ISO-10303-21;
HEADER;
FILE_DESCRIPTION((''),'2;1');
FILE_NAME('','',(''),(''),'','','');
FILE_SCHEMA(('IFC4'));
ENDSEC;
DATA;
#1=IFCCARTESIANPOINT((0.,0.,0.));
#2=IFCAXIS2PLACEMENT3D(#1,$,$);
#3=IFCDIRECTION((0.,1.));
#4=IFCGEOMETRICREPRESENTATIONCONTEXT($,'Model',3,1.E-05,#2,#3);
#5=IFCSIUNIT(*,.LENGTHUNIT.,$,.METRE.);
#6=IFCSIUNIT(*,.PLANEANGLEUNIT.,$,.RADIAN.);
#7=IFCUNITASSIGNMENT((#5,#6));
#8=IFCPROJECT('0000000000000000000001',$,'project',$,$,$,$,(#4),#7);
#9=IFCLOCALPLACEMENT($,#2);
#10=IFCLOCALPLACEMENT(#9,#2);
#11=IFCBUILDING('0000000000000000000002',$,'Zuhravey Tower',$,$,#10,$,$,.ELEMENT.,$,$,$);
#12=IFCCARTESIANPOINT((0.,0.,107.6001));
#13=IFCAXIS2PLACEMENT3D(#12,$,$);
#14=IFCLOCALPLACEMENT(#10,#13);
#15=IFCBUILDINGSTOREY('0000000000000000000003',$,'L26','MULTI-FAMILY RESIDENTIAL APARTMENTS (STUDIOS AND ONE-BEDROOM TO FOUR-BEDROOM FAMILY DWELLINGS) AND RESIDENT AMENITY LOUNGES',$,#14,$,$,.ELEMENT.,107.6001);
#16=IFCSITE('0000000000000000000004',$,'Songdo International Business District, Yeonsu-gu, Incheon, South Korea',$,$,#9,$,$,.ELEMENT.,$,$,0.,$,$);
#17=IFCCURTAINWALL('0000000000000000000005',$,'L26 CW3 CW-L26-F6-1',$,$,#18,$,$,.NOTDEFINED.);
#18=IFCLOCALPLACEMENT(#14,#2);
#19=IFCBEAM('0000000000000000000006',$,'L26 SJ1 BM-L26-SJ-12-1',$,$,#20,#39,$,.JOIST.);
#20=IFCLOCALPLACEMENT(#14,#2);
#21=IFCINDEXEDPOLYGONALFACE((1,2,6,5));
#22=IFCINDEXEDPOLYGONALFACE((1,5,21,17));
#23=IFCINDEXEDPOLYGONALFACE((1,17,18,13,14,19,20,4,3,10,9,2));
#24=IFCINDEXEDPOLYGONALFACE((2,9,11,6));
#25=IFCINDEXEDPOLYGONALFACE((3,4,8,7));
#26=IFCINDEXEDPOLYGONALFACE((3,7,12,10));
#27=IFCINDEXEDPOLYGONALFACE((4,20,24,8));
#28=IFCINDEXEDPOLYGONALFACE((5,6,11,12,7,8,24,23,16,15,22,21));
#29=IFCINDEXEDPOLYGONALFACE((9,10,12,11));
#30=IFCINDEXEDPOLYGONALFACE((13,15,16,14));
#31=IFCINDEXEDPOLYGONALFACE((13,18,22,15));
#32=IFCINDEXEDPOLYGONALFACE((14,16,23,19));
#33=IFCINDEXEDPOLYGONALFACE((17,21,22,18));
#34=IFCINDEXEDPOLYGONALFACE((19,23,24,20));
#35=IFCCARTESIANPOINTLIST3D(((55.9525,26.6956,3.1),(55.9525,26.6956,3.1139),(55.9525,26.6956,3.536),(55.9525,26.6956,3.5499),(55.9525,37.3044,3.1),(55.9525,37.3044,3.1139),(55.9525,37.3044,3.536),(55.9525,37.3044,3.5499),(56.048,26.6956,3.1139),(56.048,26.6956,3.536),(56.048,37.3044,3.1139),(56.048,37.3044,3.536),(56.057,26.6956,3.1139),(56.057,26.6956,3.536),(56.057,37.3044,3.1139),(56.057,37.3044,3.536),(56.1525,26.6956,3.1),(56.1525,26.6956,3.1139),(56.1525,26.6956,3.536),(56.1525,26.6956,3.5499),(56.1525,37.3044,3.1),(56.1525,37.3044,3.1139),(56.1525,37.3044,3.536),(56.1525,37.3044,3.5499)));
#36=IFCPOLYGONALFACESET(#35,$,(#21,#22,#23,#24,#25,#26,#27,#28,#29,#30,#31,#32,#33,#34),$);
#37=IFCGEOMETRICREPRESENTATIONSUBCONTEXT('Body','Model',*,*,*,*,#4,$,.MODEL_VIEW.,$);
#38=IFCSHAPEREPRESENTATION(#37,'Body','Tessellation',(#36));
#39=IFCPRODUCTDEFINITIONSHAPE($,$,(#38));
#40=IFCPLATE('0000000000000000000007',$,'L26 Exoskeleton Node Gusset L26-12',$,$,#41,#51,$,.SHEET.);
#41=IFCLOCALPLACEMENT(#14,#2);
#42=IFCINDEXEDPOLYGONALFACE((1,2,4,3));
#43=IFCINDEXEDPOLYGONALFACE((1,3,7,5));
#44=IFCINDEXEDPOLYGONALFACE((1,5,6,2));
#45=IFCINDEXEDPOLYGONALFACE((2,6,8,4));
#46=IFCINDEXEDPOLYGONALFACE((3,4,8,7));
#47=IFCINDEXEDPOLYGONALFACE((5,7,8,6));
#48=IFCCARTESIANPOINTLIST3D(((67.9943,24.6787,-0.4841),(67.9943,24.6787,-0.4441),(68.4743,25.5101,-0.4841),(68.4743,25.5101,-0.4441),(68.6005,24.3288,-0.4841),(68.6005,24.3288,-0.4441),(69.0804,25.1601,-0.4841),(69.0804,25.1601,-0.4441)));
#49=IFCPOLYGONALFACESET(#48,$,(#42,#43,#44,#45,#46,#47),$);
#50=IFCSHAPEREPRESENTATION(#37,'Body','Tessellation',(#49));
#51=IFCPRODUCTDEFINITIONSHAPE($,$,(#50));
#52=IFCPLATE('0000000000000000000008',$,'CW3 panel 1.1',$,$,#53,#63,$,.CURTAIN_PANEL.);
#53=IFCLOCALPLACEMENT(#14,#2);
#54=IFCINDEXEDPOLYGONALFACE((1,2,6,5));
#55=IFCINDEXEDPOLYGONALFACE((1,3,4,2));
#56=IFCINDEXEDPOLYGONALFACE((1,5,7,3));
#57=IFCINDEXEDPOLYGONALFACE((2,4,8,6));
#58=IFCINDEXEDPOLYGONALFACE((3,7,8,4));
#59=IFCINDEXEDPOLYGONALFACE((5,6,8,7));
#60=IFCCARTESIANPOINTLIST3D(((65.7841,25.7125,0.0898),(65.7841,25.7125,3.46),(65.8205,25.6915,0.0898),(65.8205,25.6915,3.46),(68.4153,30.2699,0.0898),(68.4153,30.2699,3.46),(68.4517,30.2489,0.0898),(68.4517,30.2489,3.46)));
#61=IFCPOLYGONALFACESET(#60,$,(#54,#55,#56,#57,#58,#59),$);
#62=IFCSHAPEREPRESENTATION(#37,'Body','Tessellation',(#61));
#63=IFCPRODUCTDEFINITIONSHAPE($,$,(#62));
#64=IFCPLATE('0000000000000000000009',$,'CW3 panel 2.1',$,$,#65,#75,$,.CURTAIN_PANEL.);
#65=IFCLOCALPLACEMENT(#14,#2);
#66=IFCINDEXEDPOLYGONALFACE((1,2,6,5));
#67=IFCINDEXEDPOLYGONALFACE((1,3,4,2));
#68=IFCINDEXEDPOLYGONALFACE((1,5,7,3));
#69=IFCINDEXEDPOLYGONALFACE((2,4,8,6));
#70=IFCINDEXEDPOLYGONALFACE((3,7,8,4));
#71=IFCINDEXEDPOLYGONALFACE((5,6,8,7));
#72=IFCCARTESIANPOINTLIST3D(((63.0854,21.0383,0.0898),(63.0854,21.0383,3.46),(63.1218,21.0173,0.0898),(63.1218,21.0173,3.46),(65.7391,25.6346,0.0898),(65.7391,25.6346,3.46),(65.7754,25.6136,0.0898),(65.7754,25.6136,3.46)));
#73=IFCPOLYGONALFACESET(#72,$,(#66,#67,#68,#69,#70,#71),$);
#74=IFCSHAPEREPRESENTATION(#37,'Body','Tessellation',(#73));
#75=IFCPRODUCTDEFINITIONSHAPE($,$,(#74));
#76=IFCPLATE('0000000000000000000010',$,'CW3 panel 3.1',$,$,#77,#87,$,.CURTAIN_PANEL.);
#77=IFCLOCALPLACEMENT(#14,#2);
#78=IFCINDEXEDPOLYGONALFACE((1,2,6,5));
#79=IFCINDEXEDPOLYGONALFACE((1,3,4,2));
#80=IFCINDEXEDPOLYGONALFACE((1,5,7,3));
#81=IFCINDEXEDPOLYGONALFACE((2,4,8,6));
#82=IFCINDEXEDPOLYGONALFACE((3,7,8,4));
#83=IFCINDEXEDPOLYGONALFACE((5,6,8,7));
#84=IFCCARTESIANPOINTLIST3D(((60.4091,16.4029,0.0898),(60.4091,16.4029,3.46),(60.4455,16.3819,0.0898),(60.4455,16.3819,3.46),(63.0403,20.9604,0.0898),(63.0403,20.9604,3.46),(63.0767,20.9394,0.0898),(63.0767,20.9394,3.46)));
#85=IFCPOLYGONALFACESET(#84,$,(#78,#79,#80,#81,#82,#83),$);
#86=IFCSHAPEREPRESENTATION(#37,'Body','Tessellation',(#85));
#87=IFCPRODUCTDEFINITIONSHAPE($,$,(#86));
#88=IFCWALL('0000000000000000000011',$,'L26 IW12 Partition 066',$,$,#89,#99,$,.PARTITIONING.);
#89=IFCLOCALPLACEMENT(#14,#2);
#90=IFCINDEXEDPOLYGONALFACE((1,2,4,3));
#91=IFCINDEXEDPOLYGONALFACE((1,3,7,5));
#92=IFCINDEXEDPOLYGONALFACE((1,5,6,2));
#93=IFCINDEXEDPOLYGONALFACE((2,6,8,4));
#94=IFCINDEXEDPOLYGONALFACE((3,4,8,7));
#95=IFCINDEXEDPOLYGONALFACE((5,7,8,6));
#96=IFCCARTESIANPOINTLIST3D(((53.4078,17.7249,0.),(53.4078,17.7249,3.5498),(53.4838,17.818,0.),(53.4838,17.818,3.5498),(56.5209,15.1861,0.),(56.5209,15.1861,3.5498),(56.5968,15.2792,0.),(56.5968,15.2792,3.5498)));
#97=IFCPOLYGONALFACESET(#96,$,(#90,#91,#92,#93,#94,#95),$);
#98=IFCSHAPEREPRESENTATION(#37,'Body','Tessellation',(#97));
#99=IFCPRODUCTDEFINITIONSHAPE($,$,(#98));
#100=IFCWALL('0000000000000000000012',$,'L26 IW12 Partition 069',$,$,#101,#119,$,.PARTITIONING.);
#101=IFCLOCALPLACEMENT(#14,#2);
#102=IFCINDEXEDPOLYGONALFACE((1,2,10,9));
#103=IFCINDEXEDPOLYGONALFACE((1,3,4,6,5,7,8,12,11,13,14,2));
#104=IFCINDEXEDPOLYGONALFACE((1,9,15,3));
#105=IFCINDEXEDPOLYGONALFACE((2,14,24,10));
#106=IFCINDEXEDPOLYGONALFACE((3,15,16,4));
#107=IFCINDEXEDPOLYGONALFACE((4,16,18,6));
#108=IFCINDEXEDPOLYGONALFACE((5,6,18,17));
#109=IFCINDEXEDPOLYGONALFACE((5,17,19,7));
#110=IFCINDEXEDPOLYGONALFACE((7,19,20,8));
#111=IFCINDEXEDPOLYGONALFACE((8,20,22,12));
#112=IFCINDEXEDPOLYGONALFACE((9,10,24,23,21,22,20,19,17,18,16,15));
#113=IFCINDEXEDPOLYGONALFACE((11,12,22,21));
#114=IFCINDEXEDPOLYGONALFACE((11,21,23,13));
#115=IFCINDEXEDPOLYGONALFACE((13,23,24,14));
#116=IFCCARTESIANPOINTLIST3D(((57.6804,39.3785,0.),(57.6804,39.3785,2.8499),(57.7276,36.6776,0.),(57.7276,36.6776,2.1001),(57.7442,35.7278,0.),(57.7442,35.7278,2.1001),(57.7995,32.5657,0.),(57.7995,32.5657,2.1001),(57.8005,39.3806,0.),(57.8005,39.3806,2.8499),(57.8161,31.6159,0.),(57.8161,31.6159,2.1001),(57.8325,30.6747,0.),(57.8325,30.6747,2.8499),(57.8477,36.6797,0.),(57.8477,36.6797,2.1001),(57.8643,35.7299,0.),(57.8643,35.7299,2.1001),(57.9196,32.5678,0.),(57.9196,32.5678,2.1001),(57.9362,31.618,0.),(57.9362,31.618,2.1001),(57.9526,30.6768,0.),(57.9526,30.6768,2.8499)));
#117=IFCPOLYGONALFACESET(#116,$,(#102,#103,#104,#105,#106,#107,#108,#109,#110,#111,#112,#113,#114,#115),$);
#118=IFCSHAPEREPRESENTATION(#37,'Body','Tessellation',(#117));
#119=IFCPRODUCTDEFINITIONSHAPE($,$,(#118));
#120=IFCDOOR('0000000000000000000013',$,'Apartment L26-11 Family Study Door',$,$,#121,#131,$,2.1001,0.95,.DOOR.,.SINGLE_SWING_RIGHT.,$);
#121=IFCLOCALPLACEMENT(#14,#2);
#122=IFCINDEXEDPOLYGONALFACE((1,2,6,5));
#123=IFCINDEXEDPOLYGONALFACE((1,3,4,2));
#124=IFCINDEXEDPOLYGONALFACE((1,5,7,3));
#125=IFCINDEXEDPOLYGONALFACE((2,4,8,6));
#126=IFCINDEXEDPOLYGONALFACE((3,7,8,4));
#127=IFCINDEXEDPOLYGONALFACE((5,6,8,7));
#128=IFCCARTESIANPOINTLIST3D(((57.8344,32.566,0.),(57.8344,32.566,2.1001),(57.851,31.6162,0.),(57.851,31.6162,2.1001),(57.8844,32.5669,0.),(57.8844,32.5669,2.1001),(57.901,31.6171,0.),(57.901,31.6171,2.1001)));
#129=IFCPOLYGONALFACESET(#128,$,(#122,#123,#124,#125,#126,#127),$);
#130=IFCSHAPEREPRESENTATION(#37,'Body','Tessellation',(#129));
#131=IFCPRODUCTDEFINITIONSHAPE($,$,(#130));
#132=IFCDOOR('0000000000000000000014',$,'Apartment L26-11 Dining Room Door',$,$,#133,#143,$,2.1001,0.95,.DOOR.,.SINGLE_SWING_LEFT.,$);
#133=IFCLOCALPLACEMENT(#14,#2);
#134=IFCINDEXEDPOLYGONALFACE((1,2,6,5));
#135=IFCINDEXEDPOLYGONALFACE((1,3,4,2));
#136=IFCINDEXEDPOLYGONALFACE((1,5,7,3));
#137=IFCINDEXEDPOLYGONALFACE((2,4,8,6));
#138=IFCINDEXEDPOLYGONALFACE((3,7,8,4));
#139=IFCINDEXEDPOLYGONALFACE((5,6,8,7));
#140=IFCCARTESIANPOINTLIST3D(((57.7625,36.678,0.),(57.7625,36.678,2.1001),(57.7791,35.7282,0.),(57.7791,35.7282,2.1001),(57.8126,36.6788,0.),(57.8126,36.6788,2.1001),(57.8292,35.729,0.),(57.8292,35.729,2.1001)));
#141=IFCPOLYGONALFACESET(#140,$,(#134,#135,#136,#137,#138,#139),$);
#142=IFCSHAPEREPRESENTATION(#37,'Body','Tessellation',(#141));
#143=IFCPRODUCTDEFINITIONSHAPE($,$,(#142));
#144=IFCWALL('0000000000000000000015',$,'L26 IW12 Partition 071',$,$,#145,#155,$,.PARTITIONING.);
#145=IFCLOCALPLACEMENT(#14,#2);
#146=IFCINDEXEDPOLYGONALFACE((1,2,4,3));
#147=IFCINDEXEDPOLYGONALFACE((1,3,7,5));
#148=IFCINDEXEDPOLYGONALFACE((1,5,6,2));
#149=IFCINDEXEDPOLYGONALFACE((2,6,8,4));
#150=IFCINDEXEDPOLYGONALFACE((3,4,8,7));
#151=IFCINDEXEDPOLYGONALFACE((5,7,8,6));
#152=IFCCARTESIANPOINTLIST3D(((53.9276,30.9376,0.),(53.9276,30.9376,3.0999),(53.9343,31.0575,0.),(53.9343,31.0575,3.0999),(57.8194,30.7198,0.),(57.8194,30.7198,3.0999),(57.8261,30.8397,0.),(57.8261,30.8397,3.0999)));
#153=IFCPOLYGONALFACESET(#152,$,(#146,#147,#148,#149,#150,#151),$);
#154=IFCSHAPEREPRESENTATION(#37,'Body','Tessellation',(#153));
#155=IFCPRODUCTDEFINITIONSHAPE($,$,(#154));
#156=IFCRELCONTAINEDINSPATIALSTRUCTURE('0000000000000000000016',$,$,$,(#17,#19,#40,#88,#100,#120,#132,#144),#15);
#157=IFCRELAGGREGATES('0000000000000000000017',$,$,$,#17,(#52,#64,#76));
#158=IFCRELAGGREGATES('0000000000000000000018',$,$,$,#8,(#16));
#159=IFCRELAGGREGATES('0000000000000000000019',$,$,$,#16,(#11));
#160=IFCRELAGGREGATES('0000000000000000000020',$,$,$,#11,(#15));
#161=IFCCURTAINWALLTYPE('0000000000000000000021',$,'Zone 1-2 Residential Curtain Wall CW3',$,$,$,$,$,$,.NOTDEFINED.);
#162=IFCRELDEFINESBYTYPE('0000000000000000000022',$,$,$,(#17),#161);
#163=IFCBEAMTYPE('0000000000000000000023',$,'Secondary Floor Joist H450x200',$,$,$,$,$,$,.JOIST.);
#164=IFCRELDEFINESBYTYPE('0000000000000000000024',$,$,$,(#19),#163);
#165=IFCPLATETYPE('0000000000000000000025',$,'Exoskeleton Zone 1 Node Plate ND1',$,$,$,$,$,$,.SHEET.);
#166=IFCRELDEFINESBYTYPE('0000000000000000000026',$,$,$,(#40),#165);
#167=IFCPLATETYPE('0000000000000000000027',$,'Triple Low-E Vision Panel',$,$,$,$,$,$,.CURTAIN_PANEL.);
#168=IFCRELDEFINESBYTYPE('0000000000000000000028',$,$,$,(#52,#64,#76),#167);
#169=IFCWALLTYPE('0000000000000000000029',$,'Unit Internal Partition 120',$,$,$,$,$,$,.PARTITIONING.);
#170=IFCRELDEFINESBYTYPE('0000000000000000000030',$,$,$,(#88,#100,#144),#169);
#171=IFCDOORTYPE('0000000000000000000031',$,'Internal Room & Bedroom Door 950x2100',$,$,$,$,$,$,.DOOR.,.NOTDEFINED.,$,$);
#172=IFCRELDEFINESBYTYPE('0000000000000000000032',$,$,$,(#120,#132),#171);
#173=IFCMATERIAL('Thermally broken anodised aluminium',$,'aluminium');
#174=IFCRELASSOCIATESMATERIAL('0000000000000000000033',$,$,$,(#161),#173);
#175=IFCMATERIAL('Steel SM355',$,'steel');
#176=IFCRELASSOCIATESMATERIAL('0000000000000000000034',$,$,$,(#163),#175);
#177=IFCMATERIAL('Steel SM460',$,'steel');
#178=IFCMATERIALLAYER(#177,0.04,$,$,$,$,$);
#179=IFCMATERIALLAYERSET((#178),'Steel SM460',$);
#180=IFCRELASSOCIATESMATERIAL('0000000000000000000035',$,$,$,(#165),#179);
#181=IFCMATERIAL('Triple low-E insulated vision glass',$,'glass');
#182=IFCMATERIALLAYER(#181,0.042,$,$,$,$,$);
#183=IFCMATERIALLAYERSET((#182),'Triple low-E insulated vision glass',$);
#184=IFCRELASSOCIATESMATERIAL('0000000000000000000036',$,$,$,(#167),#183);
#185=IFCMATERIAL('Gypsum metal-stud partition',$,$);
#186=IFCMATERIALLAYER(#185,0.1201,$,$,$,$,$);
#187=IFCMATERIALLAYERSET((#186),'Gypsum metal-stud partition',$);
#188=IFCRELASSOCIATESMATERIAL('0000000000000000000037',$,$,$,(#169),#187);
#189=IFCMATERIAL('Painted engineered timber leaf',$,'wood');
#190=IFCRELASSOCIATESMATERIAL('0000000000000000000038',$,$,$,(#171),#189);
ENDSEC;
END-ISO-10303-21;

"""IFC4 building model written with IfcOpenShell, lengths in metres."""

from ifc_helpers import new_model, si_unit, direction, frame, frame_2d, origin, origin_2d, place, context, subcontext, project, spatial, rectangle, i_section, extrude, material, layer, layer_set, material_profile, profile_set, type_object, element, fill, aggregate, save


model = new_model("IFC4")

# Units and contexts
model_context = context("Model", 3, precision=1e-05, world=origin(), true_north=direction((0.0, 1.0)))
body_context = subcontext(model_context, "Body", "Model", "MODEL_VIEW")
ifc_project = project(units=[si_unit("LENGTHUNIT", "METRE"), si_unit("PLANEANGLEUNIT", "RADIAN")], contexts=[model_context])

# Site, building, storey
site_placement = place(None, origin())
site = spatial("IfcSite", under=ifc_project, at=site_placement, Name="Songdo International Business District, Yeonsu-gu, Incheon, South Korea", CompositionType="ELEMENT", RefElevation=0.0)
building_placement = place(site_placement, origin())
building = spatial("IfcBuilding", under=site, at=building_placement, Name="Zuhravey Tower", CompositionType="ELEMENT")
storey_placement = place(building_placement, frame((0.0, 0.0, 107.6001)))
storey = spatial("IfcBuildingStorey", under=building, at=storey_placement, Name="L26", Description="MULTI-FAMILY RESIDENTIAL APARTMENTS (STUDIOS AND ONE-BEDROOM TO FOUR-BEDROOM FAMILY DWELLINGS) AND RESIDENT AMENITY LOUNGES", CompositionType="ELEMENT", Elevation=107.6001)

# Curtain wall
ifc_material_1 = material(Name="Thermally broken anodised aluminium", Category="aluminium")
curtain_wall_type = type_object("IfcCurtainWallType", Name="Zone 1-2 Residential Curtain Wall CW3", PredefinedType="NOTDEFINED", material=ifc_material_1)
curtain_wall_placement = place(storey_placement, origin())
curtain_wall = element("IfcCurtainWall", 1, at=curtain_wall_placement, inside=storey, type_object=curtain_wall_type, Name="L26 CW3 CW-L26-F6-1", PredefinedType="NOTDEFINED")

# Shared definitions
ifc_material_2 = material(Name="Steel SM460", Category="steel")

# Beam
ifc_material_3 = material(Name="Steel SM355", Category="steel")
ifc_material_profile_1 = material_profile(ifc_material_3, i_section(OverallWidth=0.2, OverallDepth=0.45, WebThickness=0.009, FlangeThickness=0.0139, at=origin_2d()), Name="H-450x200x9x14")
ifc_profile_set_1 = profile_set([ifc_material_profile_1], Name="Steel SM355")
beam_type_1 = type_object("IfcBeamType", Name="Secondary Floor Joist H450x200", PredefinedType="JOIST", material=ifc_profile_set_1)
beam_1_placement = place(storey_placement, frame((56.0525, 26.6956, 3.325), z_axis=(0.0, 1.0, 0.0), x_axis=(-1.0, 0.0, 0.0)))
element("IfcBeam", 2, at=beam_1_placement, inside=storey, type_object=beam_type_1, Name="L26 SJ1 BM-L26-SJ-12-1", PredefinedType="JOIST", context=body_context, shape_type="SweptSolid", body=[
    extrude(i_section(OverallWidth=0.2, OverallDepth=0.45, WebThickness=0.009, FlangeThickness=0.0139, at=origin_2d()), origin(), (0.0, 0.0, 1.0), 10.6089),
])

# Plates
ifc_layer_1 = layer(ifc_material_2, 0.04)
ifc_layer_set_1 = layer_set([ifc_layer_1], Name="Steel SM460")
plate_type_1 = type_object("IfcPlateType", Name="Exoskeleton Zone 1 Node Plate ND1", PredefinedType="SHEET", material=ifc_layer_set_1)
plate_1_placement = place(storey_placement, frame((68.5374, 24.9194, -0.4841), z_axis=(0.0, 0.0, 1.0), x_axis=(0.5, 0.866025, 0.0)))
element("IfcPlate", 3, at=plate_1_placement, inside=storey, type_object=plate_type_1, Name="L26 Exoskeleton Node Gusset L26-12", PredefinedType="SHEET", context=body_context, shape_type="SweptSolid", body=[
    extrude(rectangle(XDim=0.96, YDim=0.7, at=origin_2d()), origin(), (0.0, 0.0, 1.0), 0.04),
])
ifc_material_4 = material(Name="Triple low-E insulated vision glass", Category="glass")
ifc_layer_2 = layer(ifc_material_4, 0.042)
ifc_layer_set_2 = layer_set([ifc_layer_2], Name="Triple low-E insulated vision glass")
plate_type_2 = type_object("IfcPlateType", Name="Triple Low-E Vision Panel", PredefinedType="CURTAIN_PANEL", material=ifc_layer_set_2)
plate_2_placement = place(storey_placement, frame((67.1179, 27.9807, 0.0898), z_axis=(0.0, 0.0, 1.0), x_axis=(-0.499998, -0.866026, 0.0)))
plate_2 = element("IfcPlate", 4, at=plate_2_placement, type_object=plate_type_2, Name="CW3 panel 1.1", PredefinedType="CURTAIN_PANEL", context=body_context, shape_type="SweptSolid", body=[
    extrude(rectangle(XDim=5.2625, YDim=0.042, at=origin_2d()), origin(), (0.0, 0.0, 1.0), 3.3701),
])
plate_3_placement = place(storey_placement, frame((64.4304, 23.3259, 0.0898), z_axis=(0.0, 0.0, 1.0), x_axis=(-0.499998, -0.866026, 0.0)))
plate_3 = element("IfcPlate", 5, at=plate_3_placement, type_object=plate_type_2, Name="CW3 panel 2.1", PredefinedType="CURTAIN_PANEL", context=body_context, shape_type="SweptSolid", body=[
    extrude(rectangle(XDim=5.3074, YDim=0.042, at=origin_2d()), origin(), (0.0, 0.0, 1.0), 3.3701),
])
plate_4_placement = place(storey_placement, frame((61.7429, 18.6711, 0.0898), z_axis=(0.0, 0.0, 1.0), x_axis=(-0.499998, -0.866026, 0.0)))
plate_4 = element("IfcPlate", 6, at=plate_4_placement, type_object=plate_type_2, Name="CW3 panel 3.1", PredefinedType="CURTAIN_PANEL", context=body_context, shape_type="SweptSolid", body=[
    extrude(rectangle(XDim=5.2625, YDim=0.042, at=origin_2d()), origin(), (0.0, 0.0, 1.0), 3.3701),
])
aggregate(curtain_wall, [plate_2, plate_3, plate_4])

# Wall
ifc_material_5 = material(Name="Gypsum metal-stud partition")
ifc_layer_3 = layer(ifc_material_5, 0.1201)
ifc_layer_set_3 = layer_set([ifc_layer_3], Name="Gypsum metal-stud partition")
wall_type = type_object("IfcWallType", Name="Unit Internal Partition 120", PredefinedType="PARTITIONING", material=ifc_layer_set_3)
wall_1_placement = place(storey_placement, frame((53.4458, 17.7715, 0.0), z_axis=(0.0, 0.0, 1.0), x_axis=(0.774958, -0.632012, 0.0)))
element("IfcWall", 7, at=wall_1_placement, inside=storey, type_object=wall_type, Name="L26 IW12 Partition 066", PredefinedType="PARTITIONING", context=body_context, shape_type="SweptSolid", body=[
    extrude(rectangle(XDim=4.0171, YDim=0.1201, at=frame_2d((2.0085, 0.0))), origin(), (0.0, 0.0, 1.0), 3.5498),
])

# Wall, openings, doors
wall_2_placement = place(storey_placement, frame((57.8926, 30.6758, 0.0), z_axis=(0.0, 0.0, 1.0), x_axis=(-0.017472, 0.999847, 0.0)))
wall_2 = element("IfcWall", 8, at=wall_2_placement, inside=storey, type_object=wall_type, Name="L26 IW12 Partition 069", PredefinedType="PARTITIONING", context=body_context, shape_type="SweptSolid", body=[
    extrude(rectangle(XDim=8.7051, YDim=0.1201, at=frame_2d((4.3525, 0.0))), origin(), (0.0, 0.0, 1.0), 2.8499),
])
opening_1_placement = place(wall_2_placement, frame((0.9412, 0.0, 0.0)))
opening_1 = element("IfcOpeningElement", 9, at=opening_1_placement, cuts=wall_2, PredefinedType="OPENING", context=body_context, shape_type="SweptSolid", body=[
    extrude(rectangle(XDim=0.95, YDim=2.1001, at=frame_2d((0.4751, 1.05))), frame((0.0, 0.072, 0.0), z_axis=(0.0, -1.0, 0.0), x_axis=(1.0, 0.0, 0.0)), (0.0, 0.0, 1.0), 0.144),
])
opening_2_placement = place(wall_2_placement, frame((5.0537, 0.0, 0.0)))
opening_2 = element("IfcOpeningElement", 10, at=opening_2_placement, cuts=wall_2, PredefinedType="OPENING", context=body_context, shape_type="SweptSolid", body=[
    extrude(rectangle(XDim=0.95, YDim=2.1001, at=frame_2d((0.4751, 1.05))), frame((0.0, 0.072, 0.0), z_axis=(0.0, -1.0, 0.0), x_axis=(1.0, 0.0, 0.0)), (0.0, 0.0, 1.0), 0.144),
])
ifc_material_6 = material(Name="Painted engineered timber leaf", Category="wood")
door_type = type_object("IfcDoorType", Name="Internal Room & Bedroom Door 950x2100", OperationType="NOTDEFINED", PredefinedType="DOOR", material=ifc_material_6)
door_1_placement = place(opening_1_placement, frame((0.95, 0.0, 0.0), z_axis=(0.0, 0.0, 1.0), x_axis=(-1.0, 0.0, 0.0)))
door_1 = element("IfcDoor", 11, at=door_1_placement, inside=storey, type_object=door_type, Name="Apartment L26-11 Family Study Door", OperationType="SINGLE_SWING_RIGHT", OverallHeight=2.1001, OverallWidth=0.95, PredefinedType="DOOR", context=body_context, shape_type="SweptSolid", body=[
    extrude(rectangle(XDim=0.95, YDim=2.1001, at=frame_2d((0.4751, 1.05))), frame((0.0, 0.0249, 0.0), z_axis=(0.0, -1.0, 0.0), x_axis=(1.0, 0.0, 0.0)), (0.0, 0.0, 1.0), 0.05),
])
fill(opening_1, door_1)
door_2_placement = place(opening_2_placement, frame((0.95, 0.0, 0.0), z_axis=(0.0, 0.0, 1.0), x_axis=(-1.0, 0.0, 0.0)))
door_2 = element("IfcDoor", 12, at=door_2_placement, inside=storey, type_object=door_type, Name="Apartment L26-11 Dining Room Door", OperationType="SINGLE_SWING_LEFT", OverallHeight=2.1001, OverallWidth=0.95, PredefinedType="DOOR", context=body_context, shape_type="SweptSolid", body=[
    extrude(rectangle(XDim=0.95, YDim=2.1001, at=frame_2d((0.4751, 1.05))), frame((0.0, 0.0249, 0.0), z_axis=(0.0, -1.0, 0.0), x_axis=(1.0, 0.0, 0.0)), (0.0, 0.0, 1.0), 0.05),
])
fill(opening_2, door_2)

# Wall
wall_3_placement = place(storey_placement, frame((53.9309, 30.9976, 0.0), z_axis=(0.0, 0.0, 1.0), x_axis=(0.998438, -0.055869, 0.0)))
element("IfcWall", 13, at=wall_3_placement, inside=storey, type_object=wall_type, Name="L26 IW12 Partition 071", PredefinedType="PARTITIONING", context=body_context, shape_type="SweptSolid", body=[
    extrude(rectangle(XDim=3.8979, YDim=0.1201, at=frame_2d((1.949, 0.0))), origin(), (0.0, 0.0, 1.0), 3.0999),
])

save(model, "model.ifc")
